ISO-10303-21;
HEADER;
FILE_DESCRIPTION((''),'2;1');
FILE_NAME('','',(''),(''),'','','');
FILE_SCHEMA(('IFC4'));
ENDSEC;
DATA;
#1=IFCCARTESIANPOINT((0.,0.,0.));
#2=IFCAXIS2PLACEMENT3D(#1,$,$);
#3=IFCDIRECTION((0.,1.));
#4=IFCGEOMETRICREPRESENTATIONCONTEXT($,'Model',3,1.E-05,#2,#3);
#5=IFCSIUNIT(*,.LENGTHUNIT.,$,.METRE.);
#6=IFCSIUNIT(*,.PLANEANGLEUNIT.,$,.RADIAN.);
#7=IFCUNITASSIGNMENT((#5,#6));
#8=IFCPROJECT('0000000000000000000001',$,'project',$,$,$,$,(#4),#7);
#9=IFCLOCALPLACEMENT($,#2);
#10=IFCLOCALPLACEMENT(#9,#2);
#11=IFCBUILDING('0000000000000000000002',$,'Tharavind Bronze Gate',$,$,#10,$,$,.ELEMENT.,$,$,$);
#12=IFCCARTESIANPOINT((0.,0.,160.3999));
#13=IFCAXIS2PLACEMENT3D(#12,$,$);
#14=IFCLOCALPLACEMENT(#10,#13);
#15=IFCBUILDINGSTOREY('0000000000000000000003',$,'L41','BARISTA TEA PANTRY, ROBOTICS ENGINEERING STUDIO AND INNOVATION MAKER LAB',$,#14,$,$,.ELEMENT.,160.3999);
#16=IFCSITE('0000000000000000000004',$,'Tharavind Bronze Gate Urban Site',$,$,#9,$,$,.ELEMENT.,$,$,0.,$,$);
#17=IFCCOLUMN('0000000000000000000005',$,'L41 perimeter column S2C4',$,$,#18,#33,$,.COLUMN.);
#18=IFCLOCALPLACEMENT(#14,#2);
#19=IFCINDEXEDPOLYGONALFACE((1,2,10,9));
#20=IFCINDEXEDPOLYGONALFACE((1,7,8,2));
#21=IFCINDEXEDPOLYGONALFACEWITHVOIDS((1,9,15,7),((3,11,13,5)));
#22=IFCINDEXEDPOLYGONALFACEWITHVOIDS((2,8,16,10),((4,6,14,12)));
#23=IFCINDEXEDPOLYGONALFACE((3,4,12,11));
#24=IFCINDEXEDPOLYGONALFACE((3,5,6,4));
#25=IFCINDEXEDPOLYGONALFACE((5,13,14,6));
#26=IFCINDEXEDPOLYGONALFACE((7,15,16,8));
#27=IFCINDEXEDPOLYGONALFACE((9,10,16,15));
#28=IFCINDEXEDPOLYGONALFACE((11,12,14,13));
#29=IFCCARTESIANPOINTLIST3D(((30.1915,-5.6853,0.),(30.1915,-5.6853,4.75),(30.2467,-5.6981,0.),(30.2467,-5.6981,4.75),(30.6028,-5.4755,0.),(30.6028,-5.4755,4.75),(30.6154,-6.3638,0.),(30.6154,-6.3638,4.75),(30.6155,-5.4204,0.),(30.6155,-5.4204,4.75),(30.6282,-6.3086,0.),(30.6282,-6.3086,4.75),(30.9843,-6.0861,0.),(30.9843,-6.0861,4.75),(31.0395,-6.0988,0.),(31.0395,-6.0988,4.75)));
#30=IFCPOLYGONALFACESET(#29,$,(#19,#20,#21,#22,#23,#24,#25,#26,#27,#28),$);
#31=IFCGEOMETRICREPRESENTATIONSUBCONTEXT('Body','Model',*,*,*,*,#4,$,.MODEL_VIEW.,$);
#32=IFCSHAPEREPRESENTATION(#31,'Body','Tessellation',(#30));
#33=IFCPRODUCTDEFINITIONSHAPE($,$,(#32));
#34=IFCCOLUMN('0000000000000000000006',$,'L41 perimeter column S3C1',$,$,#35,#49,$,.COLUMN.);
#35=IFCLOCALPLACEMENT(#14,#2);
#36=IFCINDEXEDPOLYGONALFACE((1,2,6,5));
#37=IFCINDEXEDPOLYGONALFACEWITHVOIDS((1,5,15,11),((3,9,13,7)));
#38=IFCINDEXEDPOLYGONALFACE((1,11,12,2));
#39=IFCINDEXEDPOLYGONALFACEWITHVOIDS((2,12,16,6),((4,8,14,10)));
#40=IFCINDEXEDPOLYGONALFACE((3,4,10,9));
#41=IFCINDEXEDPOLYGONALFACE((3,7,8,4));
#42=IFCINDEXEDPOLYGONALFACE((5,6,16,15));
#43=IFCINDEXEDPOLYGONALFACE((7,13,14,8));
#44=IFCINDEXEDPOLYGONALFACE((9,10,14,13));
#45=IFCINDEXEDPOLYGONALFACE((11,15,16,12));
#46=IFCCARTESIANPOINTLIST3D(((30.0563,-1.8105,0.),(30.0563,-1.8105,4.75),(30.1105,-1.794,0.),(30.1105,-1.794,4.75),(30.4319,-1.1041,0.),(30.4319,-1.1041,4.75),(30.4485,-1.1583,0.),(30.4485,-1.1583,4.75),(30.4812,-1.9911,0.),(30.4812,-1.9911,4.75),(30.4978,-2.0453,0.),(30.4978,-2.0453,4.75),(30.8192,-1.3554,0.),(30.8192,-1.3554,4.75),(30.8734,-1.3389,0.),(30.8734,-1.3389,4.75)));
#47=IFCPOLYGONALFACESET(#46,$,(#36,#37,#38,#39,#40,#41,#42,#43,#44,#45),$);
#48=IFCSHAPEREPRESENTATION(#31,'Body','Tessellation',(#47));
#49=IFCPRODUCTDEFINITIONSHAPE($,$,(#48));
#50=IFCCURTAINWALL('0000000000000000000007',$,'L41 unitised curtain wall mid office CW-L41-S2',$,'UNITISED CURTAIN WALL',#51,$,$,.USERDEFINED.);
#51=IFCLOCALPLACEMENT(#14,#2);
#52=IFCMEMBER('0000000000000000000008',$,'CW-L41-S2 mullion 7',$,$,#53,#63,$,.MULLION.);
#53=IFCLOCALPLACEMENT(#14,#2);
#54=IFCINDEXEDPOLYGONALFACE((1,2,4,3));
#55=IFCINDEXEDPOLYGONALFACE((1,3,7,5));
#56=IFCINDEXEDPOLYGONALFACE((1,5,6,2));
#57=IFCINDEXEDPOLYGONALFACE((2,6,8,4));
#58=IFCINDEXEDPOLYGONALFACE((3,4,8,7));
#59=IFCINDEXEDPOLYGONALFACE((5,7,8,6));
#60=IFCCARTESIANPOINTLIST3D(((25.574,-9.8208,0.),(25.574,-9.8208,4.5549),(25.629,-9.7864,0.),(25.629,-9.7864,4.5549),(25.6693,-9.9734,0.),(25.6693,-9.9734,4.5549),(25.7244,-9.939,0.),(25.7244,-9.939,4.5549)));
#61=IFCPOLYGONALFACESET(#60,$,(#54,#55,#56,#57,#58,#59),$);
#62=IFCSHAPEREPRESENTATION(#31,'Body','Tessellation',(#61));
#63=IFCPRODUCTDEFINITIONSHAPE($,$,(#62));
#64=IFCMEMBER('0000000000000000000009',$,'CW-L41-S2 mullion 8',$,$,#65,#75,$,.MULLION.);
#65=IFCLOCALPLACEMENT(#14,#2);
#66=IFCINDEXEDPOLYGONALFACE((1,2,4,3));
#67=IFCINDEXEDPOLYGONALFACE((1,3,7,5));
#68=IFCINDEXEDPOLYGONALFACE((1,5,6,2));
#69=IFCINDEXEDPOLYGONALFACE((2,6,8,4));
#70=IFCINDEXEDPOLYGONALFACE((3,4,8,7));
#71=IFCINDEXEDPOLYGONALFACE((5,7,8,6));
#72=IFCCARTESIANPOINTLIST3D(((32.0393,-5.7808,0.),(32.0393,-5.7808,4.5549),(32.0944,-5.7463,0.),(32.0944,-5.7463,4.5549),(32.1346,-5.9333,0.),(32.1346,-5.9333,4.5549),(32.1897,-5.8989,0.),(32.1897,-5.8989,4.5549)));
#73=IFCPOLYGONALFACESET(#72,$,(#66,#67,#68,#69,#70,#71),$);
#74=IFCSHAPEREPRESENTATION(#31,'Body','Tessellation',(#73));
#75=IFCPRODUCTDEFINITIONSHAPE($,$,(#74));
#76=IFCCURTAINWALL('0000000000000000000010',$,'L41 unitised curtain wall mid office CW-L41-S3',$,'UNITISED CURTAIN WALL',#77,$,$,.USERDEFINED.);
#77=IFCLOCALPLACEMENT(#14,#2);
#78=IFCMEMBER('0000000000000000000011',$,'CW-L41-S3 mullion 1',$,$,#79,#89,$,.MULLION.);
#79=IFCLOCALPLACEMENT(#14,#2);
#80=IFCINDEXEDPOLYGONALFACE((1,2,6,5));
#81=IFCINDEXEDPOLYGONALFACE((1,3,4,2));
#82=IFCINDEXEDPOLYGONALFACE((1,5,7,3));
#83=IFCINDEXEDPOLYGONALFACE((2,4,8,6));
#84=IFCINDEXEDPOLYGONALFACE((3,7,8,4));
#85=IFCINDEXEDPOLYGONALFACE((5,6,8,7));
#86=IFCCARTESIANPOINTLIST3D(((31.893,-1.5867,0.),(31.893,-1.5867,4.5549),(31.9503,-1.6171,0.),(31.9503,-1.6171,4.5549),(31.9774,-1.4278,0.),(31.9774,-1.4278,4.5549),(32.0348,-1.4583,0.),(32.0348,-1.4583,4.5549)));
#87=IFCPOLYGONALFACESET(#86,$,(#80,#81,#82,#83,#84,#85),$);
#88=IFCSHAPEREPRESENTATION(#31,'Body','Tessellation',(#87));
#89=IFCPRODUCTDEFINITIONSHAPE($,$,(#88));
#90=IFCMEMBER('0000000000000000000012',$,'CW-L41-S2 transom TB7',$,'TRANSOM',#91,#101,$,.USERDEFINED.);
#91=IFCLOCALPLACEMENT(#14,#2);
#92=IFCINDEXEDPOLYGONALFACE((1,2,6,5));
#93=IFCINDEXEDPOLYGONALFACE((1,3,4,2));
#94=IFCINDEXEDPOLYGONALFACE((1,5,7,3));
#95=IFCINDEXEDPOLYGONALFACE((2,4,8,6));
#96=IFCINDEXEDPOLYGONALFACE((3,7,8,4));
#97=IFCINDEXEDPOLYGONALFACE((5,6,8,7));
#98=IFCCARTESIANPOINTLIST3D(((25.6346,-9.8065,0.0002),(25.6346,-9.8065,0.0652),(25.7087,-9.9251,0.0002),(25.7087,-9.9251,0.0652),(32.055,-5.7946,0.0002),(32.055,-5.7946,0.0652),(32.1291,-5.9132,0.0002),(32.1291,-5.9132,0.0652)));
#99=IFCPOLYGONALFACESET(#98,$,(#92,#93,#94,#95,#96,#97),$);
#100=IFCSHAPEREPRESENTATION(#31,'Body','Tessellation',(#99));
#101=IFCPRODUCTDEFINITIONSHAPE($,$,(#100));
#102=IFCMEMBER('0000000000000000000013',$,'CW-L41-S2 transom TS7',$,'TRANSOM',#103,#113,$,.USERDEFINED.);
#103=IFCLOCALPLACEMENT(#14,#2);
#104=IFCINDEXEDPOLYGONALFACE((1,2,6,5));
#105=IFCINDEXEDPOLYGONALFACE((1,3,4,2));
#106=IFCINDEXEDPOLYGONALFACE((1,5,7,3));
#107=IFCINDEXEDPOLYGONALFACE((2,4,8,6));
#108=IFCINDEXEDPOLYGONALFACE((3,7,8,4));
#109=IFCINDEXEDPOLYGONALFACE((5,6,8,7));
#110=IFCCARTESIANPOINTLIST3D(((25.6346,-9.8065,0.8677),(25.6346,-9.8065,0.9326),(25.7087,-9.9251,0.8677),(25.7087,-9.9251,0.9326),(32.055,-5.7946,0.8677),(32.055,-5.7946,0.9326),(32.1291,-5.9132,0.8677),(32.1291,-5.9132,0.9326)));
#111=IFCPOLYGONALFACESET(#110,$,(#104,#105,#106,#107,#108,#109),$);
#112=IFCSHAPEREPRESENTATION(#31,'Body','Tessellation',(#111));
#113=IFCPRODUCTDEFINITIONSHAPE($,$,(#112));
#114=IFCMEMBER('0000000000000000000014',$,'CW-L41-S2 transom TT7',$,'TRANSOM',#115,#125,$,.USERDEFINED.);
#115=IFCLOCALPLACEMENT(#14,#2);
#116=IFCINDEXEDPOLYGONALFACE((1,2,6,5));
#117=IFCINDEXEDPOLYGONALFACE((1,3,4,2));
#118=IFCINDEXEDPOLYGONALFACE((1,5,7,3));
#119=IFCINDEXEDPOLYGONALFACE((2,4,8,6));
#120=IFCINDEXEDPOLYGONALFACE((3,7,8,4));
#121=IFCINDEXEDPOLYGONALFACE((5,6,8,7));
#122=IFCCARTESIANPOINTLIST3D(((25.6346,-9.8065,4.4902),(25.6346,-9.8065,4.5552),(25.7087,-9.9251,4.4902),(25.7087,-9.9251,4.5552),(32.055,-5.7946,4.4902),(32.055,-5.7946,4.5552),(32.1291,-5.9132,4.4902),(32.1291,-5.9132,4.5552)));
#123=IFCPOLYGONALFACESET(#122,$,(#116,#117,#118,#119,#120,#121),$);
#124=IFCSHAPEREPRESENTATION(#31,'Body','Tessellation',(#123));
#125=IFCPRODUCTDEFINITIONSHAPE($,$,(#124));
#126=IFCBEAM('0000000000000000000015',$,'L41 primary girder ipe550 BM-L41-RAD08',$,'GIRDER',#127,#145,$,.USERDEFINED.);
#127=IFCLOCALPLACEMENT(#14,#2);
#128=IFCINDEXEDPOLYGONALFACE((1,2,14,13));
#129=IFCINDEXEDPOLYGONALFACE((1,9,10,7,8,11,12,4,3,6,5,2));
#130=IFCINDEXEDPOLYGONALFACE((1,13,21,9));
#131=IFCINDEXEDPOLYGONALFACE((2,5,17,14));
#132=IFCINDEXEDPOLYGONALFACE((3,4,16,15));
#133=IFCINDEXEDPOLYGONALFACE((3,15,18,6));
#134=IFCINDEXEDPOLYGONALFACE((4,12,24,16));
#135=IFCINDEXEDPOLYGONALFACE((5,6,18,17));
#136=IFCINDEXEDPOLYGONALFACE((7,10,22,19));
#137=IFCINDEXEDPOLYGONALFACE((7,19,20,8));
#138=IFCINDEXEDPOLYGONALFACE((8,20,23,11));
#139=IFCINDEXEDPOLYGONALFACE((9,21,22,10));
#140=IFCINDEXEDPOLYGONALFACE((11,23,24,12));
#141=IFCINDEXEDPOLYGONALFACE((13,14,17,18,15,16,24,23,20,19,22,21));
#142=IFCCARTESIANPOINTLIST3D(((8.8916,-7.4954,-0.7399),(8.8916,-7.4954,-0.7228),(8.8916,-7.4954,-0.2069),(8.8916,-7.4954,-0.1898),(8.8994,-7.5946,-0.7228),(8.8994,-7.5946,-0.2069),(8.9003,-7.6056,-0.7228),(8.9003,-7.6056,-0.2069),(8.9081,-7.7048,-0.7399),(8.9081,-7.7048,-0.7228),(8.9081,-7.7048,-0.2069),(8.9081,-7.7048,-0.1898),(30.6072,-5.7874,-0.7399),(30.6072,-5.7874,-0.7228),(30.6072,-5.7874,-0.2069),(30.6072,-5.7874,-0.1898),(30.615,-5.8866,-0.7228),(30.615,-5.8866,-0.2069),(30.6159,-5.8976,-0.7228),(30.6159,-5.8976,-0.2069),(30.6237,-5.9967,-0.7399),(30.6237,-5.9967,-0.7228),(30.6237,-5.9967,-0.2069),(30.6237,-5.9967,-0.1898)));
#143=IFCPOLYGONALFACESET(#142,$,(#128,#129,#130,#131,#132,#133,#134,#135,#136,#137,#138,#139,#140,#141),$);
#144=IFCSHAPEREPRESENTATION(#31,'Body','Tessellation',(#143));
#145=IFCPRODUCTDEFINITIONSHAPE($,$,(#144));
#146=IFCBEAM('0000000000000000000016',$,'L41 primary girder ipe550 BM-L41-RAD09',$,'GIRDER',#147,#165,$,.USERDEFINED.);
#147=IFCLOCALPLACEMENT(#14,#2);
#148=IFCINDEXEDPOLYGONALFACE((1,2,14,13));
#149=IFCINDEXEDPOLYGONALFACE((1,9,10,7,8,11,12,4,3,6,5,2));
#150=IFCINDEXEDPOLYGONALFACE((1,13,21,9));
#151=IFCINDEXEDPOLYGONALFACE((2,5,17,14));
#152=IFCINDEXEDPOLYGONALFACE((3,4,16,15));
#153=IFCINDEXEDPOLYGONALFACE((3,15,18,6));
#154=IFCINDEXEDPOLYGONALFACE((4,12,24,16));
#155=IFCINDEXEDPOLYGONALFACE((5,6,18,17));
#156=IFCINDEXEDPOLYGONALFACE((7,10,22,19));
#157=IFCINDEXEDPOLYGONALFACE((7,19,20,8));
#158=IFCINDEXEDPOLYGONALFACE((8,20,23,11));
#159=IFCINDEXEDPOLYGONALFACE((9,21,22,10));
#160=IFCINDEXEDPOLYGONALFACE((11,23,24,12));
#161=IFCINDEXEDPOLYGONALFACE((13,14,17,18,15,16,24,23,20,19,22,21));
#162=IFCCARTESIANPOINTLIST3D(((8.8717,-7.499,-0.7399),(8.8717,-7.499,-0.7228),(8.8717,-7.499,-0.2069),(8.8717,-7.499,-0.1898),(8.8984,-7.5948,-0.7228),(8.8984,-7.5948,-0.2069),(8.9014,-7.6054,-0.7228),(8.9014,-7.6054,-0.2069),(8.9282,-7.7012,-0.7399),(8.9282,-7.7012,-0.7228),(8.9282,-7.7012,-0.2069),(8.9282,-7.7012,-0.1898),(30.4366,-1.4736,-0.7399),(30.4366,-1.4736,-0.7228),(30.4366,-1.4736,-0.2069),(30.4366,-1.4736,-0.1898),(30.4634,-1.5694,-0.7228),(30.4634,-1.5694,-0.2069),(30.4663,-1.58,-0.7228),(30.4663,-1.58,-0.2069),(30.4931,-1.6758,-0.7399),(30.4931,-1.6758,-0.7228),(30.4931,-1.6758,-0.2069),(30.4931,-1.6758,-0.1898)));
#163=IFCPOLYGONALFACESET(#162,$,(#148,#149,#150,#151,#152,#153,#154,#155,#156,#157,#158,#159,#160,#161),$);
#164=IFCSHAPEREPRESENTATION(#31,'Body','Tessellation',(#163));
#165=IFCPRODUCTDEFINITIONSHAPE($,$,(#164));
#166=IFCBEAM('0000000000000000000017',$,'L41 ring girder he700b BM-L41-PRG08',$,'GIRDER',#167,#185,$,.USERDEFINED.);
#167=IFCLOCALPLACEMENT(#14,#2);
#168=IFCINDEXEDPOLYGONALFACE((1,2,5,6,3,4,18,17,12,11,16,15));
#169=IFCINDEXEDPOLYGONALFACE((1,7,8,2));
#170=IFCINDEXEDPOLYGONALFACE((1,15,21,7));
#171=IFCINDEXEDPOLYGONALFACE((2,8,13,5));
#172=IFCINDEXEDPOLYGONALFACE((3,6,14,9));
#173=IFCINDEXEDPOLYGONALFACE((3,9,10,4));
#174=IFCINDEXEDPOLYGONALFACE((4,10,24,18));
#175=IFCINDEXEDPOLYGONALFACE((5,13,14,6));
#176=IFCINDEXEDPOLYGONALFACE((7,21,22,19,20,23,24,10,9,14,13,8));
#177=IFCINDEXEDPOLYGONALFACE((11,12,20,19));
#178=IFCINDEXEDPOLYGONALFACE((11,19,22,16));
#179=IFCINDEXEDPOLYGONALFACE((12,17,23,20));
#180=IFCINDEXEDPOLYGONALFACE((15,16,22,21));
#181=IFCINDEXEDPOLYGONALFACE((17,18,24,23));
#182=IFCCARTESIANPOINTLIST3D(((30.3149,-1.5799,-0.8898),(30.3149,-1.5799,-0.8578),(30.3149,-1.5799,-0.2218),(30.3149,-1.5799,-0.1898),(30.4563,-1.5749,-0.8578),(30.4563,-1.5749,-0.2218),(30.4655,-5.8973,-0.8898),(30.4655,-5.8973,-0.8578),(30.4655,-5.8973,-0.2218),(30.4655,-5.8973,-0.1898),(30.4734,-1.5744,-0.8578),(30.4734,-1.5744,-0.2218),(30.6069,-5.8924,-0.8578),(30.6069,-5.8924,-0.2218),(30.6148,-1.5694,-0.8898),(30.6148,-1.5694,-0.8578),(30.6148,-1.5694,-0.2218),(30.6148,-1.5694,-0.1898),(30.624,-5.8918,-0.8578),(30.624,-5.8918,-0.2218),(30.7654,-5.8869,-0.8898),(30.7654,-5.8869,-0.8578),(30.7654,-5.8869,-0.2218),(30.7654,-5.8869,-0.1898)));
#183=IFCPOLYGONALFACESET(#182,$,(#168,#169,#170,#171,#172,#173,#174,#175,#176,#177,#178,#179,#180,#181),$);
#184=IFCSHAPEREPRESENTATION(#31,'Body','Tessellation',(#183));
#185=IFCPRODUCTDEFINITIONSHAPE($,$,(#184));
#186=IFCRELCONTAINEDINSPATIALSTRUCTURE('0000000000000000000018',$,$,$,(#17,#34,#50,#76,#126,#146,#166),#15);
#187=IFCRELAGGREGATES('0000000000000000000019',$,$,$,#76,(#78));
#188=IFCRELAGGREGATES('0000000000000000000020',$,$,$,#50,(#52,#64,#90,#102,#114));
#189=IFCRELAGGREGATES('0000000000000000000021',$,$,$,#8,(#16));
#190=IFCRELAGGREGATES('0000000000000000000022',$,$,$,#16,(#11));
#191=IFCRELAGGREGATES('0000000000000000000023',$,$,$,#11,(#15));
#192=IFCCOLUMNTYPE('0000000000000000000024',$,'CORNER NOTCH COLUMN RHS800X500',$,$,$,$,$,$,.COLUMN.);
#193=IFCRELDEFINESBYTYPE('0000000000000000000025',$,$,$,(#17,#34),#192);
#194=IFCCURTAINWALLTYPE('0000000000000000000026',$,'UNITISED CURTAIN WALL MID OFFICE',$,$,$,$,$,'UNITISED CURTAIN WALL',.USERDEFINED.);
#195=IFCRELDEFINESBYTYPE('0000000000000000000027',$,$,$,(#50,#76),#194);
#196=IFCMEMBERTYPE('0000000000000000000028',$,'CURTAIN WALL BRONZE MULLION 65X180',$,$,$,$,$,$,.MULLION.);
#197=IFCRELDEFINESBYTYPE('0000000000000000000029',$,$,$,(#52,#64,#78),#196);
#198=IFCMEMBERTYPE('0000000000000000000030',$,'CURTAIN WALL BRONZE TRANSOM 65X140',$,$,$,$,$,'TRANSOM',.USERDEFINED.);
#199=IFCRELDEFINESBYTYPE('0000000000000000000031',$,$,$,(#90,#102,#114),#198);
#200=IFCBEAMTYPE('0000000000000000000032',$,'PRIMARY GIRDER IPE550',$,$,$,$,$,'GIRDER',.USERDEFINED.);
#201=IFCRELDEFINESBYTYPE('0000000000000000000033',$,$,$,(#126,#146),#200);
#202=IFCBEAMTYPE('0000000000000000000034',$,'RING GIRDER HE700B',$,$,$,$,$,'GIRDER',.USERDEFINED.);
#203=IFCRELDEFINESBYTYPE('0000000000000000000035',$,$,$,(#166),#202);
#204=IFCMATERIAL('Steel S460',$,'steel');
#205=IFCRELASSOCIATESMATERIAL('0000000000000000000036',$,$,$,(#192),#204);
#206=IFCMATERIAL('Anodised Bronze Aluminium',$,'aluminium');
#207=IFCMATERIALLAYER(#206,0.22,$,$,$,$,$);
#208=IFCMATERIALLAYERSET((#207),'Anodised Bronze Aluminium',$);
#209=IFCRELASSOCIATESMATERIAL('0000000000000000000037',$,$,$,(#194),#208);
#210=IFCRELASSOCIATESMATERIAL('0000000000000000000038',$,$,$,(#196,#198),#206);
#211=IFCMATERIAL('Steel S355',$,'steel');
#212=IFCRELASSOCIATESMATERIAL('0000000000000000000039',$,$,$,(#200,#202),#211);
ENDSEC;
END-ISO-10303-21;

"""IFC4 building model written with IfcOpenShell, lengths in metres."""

from ifc_helpers import new_model, si_unit, direction, frame, origin, origin_2d, place, context, subcontext, project, spatial, rectangle, hollow_rectangle, i_section, extrude, material, layer, layer_set, material_profile, profile_set, type_object, element, aggregate, save


model = new_model("IFC4")

# Units and contexts
model_context = context("Model", 3, precision=1e-05, world=origin(), true_north=direction((0.0, 1.0)))
body_context = subcontext(model_context, "Body", "Model", "MODEL_VIEW")
ifc_project = project(units=[si_unit("LENGTHUNIT", "METRE"), si_unit("PLANEANGLEUNIT", "RADIAN")], contexts=[model_context])

# Site, building, storey
site_placement = place(None, origin())
site = spatial("IfcSite", under=ifc_project, at=site_placement, Name="Tharavind Bronze Gate Urban Site", CompositionType="ELEMENT", RefElevation=0.0)
building_placement = place(site_placement, origin())
building = spatial("IfcBuilding", under=site, at=building_placement, Name="Tharavind Bronze Gate", CompositionType="ELEMENT")
storey_placement = place(building_placement, frame((0.0, 0.0, 160.3999)))
storey = spatial("IfcBuildingStorey", under=building, at=storey_placement, Name="L41", Description="BARISTA TEA PANTRY, ROBOTICS ENGINEERING STUDIO AND INNOVATION MAKER LAB", CompositionType="ELEMENT", Elevation=160.3999)

# Columns
ifc_material_1 = material(Name="Steel S460", Category="steel")
ifc_material_profile_1 = material_profile(ifc_material_1, hollow_rectangle(XDim=0.5, YDim=0.8, WallThickness=0.04, at=origin_2d()), Name="RHS800X500X40")
ifc_profile_set_1 = profile_set([ifc_material_profile_1], Name="Steel S460")
column_type = type_object("IfcColumnType", Name="CORNER NOTCH COLUMN RHS800X500", PredefinedType="COLUMN", material=ifc_profile_set_1)
for number, where, z_axis, x_axis, name in (
    (1, (30.6155, -5.8921, 0.0), (0.0, 0.0, 1.0), (0.848047, 0.529921, 0.0), "L41 perimeter column S2C4"),
    (2, (30.4648, -1.5747, 0.0), (0.0, 0.0, 1.0), (-0.882948, 0.46947, 0.0), "L41 perimeter column S3C1"),
):
    element("IfcColumn", number, at=place(storey_placement, frame(where, z_axis=z_axis, x_axis=x_axis)), inside=storey, type_object=column_type, Name=name, PredefinedType="COLUMN", context=body_context, shape_type="SweptSolid", body=[
        extrude(hollow_rectangle(XDim=0.5, YDim=0.8, WallThickness=0.04, at=origin_2d()), origin(), (0.0, 0.0, 1.0), 4.75),
    ])

# Curtain wall, members
ifc_material_2 = material(Name="Anodised Bronze Aluminium", Category="aluminium")
ifc_layer_1 = layer(ifc_material_2, 0.22)
ifc_layer_set_1 = layer_set([ifc_layer_1], Name="Anodised Bronze Aluminium")
curtain_wall_type = type_object("IfcCurtainWallType", Name="UNITISED CURTAIN WALL MID OFFICE", ElementType="UNITISED CURTAIN WALL", PredefinedType="USERDEFINED", material=ifc_layer_set_1)
curtain_wall_1_placement = place(storey_placement, origin())
curtain_wall_1 = element("IfcCurtainWall", 3, at=curtain_wall_1_placement, inside=storey, type_object=curtain_wall_type, Name="L41 unitised curtain wall mid office CW-L41-S2", ObjectType="UNITISED CURTAIN WALL", PredefinedType="USERDEFINED")
member_type_1 = type_object("IfcMemberType", Name="CURTAIN WALL BRONZE MULLION 65X180", PredefinedType="MULLION", material=ifc_material_2)
member_1_placement = place(storey_placement, frame((25.6492, -9.8799, 0.0), z_axis=(0.0, 0.0, 1.0), x_axis=(0.848048, 0.529919, 0.0)))
member_1 = element("IfcMember", 4, at=member_1_placement, type_object=member_type_1, Name="CW-L41-S2 mullion 7", PredefinedType="MULLION", context=body_context, shape_type="SweptSolid", body=[
    extrude(rectangle(XDim=0.0649, YDim=0.1799, at=origin_2d()), origin(), (0.0, 0.0, 1.0), 4.5549),
])
member_2_placement = place(storey_placement, frame((32.1145, -5.8398, 0.0), z_axis=(0.0, 0.0, 1.0), x_axis=(0.848048, 0.529919, 0.0)))
member_2 = element("IfcMember", 5, at=member_2_placement, type_object=member_type_1, Name="CW-L41-S2 mullion 8", PredefinedType="MULLION", context=body_context, shape_type="SweptSolid", body=[
    extrude(rectangle(XDim=0.0649, YDim=0.1799, at=origin_2d()), origin(), (0.0, 0.0, 1.0), 4.5549),
])

# Curtain wall, member
curtain_wall_2_placement = place(storey_placement, origin())
curtain_wall_2 = element("IfcCurtainWall", 6, at=curtain_wall_2_placement, inside=storey, type_object=curtain_wall_type, Name="L41 unitised curtain wall mid office CW-L41-S3", ObjectType="UNITISED CURTAIN WALL", PredefinedType="USERDEFINED")
member_3_placement = place(storey_placement, frame((31.9639, -1.5225, 0.0), z_axis=(0.0, 0.0, 1.0), x_axis=(-0.882948, 0.469472, 0.0)))
member_3 = element("IfcMember", 7, at=member_3_placement, type_object=member_type_1, Name="CW-L41-S3 mullion 1", PredefinedType="MULLION", context=body_context, shape_type="SweptSolid", body=[
    extrude(rectangle(XDim=0.0649, YDim=0.1799, at=origin_2d()), origin(), (0.0, 0.0, 1.0), 4.5549),
])
aggregate(curtain_wall_2, [member_3])

# Members
member_type_2 = type_object("IfcMemberType", Name="CURTAIN WALL BRONZE TRANSOM 65X140", ElementType="TRANSOM", PredefinedType="USERDEFINED", material=ifc_material_2)
member_4_placement = place(storey_placement, frame((28.8818, -7.8599, 0.0002), z_axis=(0.0, 0.0, 1.0), x_axis=(0.848048, 0.529919, 0.0)))
member_4 = element("IfcMember", 8, at=member_4_placement, type_object=member_type_2, Name="CW-L41-S2 transom TB7", ObjectType="TRANSOM", PredefinedType="USERDEFINED", context=body_context, shape_type="SweptSolid", body=[
    extrude(rectangle(XDim=7.5708, YDim=0.1399, at=origin_2d()), origin(), (0.0, 0.0, 1.0), 0.0649),
])
member_5_placement = place(storey_placement, frame((28.8818, -7.8599, 0.8677), z_axis=(0.0, 0.0, 1.0), x_axis=(0.848048, 0.529919, 0.0)))
member_5 = element("IfcMember", 9, at=member_5_placement, type_object=member_type_2, Name="CW-L41-S2 transom TS7", ObjectType="TRANSOM", PredefinedType="USERDEFINED", context=body_context, shape_type="SweptSolid", body=[
    extrude(rectangle(XDim=7.5708, YDim=0.1399, at=origin_2d()), origin(), (0.0, 0.0, 1.0), 0.0649),
])
member_6_placement = place(storey_placement, frame((28.8818, -7.8599, 4.4902), z_axis=(0.0, 0.0, 1.0), x_axis=(0.848048, 0.529919, 0.0)))
member_6 = element("IfcMember", 10, at=member_6_placement, type_object=member_type_2, Name="CW-L41-S2 transom TT7", ObjectType="TRANSOM", PredefinedType="USERDEFINED", context=body_context, shape_type="SweptSolid", body=[
    extrude(rectangle(XDim=7.5708, YDim=0.1399, at=origin_2d()), origin(), (0.0, 0.0, 1.0), 0.0649),
])

# Beams
ifc_material_3 = material(Name="Steel S355", Category="steel")
ifc_material_profile_2 = material_profile(ifc_material_3, i_section(OverallWidth=0.21, OverallDepth=0.55, WebThickness=0.011, FlangeThickness=0.0171, at=origin_2d()), Name="IPE550")
ifc_profile_set_2 = profile_set([ifc_material_profile_2], Name="Steel S355")
beam_type_1 = type_object("IfcBeamType", Name="PRIMARY GIRDER IPE550", ElementType="GIRDER", PredefinedType="USERDEFINED", material=ifc_profile_set_2)
beam_1_placement = place(storey_placement, frame((30.6155, -5.8921, -0.4648), z_axis=(-0.996921, -0.078411, 0.0), x_axis=(0.078411, -0.996921, 0.0)))
element("IfcBeam", 11, at=beam_1_placement, inside=storey, type_object=beam_type_1, Name="L41 primary girder ipe550 BM-L41-RAD08", ObjectType="GIRDER", PredefinedType="USERDEFINED", context=body_context, shape_type="SweptSolid", body=[
    extrude(i_section(OverallWidth=0.21, OverallDepth=0.55, WebThickness=0.011, FlangeThickness=0.0171, at=origin_2d()), origin(), (0.0, 0.0, 1.0), 21.7827),
])
beam_2_placement = place(storey_placement, frame((30.4648, -1.5747, -0.4648), z_axis=(-0.963112, -0.2691, 0.0), x_axis=(0.2691, -0.963112, 0.0)))
element("IfcBeam", 12, at=beam_2_placement, inside=storey, type_object=beam_type_1, Name="L41 primary girder ipe550 BM-L41-RAD09", ObjectType="GIRDER", PredefinedType="USERDEFINED", context=body_context, shape_type="SweptSolid", body=[
    extrude(i_section(OverallWidth=0.21, OverallDepth=0.55, WebThickness=0.011, FlangeThickness=0.0171, at=origin_2d()), origin(), (0.0, 0.0, 1.0), 22.3909),
])
ifc_material_profile_3 = material_profile(ifc_material_3, i_section(OverallWidth=0.3, OverallDepth=0.7, WebThickness=0.0171, FlangeThickness=0.032, at=origin_2d()), Name="HE700B")
ifc_profile_set_3 = profile_set([ifc_material_profile_3], Name="Steel S355")
beam_type_2 = type_object("IfcBeamType", Name="RING GIRDER HE700B", ElementType="GIRDER", PredefinedType="USERDEFINED", material=ifc_profile_set_3)
beam_3_placement = place(storey_placement, frame((30.6155, -5.8921, -0.5398), z_axis=(-0.034869, 0.999392, 0.0), x_axis=(-0.999392, -0.034869, 0.0)))
element("IfcBeam", 13, at=beam_3_placement, inside=storey, type_object=beam_type_2, Name="L41 ring girder he700b BM-L41-PRG08", ObjectType="GIRDER", PredefinedType="USERDEFINED", context=body_context, shape_type="SweptSolid", body=[
    extrude(i_section(OverallWidth=0.3, OverallDepth=0.7, WebThickness=0.0171, FlangeThickness=0.032, at=origin_2d()), origin(), (0.0, 0.0, 1.0), 4.3201),
])

aggregate(curtain_wall_1, [member_1, member_2, member_4, member_5, member_6])

save(model, "model.ifc")
